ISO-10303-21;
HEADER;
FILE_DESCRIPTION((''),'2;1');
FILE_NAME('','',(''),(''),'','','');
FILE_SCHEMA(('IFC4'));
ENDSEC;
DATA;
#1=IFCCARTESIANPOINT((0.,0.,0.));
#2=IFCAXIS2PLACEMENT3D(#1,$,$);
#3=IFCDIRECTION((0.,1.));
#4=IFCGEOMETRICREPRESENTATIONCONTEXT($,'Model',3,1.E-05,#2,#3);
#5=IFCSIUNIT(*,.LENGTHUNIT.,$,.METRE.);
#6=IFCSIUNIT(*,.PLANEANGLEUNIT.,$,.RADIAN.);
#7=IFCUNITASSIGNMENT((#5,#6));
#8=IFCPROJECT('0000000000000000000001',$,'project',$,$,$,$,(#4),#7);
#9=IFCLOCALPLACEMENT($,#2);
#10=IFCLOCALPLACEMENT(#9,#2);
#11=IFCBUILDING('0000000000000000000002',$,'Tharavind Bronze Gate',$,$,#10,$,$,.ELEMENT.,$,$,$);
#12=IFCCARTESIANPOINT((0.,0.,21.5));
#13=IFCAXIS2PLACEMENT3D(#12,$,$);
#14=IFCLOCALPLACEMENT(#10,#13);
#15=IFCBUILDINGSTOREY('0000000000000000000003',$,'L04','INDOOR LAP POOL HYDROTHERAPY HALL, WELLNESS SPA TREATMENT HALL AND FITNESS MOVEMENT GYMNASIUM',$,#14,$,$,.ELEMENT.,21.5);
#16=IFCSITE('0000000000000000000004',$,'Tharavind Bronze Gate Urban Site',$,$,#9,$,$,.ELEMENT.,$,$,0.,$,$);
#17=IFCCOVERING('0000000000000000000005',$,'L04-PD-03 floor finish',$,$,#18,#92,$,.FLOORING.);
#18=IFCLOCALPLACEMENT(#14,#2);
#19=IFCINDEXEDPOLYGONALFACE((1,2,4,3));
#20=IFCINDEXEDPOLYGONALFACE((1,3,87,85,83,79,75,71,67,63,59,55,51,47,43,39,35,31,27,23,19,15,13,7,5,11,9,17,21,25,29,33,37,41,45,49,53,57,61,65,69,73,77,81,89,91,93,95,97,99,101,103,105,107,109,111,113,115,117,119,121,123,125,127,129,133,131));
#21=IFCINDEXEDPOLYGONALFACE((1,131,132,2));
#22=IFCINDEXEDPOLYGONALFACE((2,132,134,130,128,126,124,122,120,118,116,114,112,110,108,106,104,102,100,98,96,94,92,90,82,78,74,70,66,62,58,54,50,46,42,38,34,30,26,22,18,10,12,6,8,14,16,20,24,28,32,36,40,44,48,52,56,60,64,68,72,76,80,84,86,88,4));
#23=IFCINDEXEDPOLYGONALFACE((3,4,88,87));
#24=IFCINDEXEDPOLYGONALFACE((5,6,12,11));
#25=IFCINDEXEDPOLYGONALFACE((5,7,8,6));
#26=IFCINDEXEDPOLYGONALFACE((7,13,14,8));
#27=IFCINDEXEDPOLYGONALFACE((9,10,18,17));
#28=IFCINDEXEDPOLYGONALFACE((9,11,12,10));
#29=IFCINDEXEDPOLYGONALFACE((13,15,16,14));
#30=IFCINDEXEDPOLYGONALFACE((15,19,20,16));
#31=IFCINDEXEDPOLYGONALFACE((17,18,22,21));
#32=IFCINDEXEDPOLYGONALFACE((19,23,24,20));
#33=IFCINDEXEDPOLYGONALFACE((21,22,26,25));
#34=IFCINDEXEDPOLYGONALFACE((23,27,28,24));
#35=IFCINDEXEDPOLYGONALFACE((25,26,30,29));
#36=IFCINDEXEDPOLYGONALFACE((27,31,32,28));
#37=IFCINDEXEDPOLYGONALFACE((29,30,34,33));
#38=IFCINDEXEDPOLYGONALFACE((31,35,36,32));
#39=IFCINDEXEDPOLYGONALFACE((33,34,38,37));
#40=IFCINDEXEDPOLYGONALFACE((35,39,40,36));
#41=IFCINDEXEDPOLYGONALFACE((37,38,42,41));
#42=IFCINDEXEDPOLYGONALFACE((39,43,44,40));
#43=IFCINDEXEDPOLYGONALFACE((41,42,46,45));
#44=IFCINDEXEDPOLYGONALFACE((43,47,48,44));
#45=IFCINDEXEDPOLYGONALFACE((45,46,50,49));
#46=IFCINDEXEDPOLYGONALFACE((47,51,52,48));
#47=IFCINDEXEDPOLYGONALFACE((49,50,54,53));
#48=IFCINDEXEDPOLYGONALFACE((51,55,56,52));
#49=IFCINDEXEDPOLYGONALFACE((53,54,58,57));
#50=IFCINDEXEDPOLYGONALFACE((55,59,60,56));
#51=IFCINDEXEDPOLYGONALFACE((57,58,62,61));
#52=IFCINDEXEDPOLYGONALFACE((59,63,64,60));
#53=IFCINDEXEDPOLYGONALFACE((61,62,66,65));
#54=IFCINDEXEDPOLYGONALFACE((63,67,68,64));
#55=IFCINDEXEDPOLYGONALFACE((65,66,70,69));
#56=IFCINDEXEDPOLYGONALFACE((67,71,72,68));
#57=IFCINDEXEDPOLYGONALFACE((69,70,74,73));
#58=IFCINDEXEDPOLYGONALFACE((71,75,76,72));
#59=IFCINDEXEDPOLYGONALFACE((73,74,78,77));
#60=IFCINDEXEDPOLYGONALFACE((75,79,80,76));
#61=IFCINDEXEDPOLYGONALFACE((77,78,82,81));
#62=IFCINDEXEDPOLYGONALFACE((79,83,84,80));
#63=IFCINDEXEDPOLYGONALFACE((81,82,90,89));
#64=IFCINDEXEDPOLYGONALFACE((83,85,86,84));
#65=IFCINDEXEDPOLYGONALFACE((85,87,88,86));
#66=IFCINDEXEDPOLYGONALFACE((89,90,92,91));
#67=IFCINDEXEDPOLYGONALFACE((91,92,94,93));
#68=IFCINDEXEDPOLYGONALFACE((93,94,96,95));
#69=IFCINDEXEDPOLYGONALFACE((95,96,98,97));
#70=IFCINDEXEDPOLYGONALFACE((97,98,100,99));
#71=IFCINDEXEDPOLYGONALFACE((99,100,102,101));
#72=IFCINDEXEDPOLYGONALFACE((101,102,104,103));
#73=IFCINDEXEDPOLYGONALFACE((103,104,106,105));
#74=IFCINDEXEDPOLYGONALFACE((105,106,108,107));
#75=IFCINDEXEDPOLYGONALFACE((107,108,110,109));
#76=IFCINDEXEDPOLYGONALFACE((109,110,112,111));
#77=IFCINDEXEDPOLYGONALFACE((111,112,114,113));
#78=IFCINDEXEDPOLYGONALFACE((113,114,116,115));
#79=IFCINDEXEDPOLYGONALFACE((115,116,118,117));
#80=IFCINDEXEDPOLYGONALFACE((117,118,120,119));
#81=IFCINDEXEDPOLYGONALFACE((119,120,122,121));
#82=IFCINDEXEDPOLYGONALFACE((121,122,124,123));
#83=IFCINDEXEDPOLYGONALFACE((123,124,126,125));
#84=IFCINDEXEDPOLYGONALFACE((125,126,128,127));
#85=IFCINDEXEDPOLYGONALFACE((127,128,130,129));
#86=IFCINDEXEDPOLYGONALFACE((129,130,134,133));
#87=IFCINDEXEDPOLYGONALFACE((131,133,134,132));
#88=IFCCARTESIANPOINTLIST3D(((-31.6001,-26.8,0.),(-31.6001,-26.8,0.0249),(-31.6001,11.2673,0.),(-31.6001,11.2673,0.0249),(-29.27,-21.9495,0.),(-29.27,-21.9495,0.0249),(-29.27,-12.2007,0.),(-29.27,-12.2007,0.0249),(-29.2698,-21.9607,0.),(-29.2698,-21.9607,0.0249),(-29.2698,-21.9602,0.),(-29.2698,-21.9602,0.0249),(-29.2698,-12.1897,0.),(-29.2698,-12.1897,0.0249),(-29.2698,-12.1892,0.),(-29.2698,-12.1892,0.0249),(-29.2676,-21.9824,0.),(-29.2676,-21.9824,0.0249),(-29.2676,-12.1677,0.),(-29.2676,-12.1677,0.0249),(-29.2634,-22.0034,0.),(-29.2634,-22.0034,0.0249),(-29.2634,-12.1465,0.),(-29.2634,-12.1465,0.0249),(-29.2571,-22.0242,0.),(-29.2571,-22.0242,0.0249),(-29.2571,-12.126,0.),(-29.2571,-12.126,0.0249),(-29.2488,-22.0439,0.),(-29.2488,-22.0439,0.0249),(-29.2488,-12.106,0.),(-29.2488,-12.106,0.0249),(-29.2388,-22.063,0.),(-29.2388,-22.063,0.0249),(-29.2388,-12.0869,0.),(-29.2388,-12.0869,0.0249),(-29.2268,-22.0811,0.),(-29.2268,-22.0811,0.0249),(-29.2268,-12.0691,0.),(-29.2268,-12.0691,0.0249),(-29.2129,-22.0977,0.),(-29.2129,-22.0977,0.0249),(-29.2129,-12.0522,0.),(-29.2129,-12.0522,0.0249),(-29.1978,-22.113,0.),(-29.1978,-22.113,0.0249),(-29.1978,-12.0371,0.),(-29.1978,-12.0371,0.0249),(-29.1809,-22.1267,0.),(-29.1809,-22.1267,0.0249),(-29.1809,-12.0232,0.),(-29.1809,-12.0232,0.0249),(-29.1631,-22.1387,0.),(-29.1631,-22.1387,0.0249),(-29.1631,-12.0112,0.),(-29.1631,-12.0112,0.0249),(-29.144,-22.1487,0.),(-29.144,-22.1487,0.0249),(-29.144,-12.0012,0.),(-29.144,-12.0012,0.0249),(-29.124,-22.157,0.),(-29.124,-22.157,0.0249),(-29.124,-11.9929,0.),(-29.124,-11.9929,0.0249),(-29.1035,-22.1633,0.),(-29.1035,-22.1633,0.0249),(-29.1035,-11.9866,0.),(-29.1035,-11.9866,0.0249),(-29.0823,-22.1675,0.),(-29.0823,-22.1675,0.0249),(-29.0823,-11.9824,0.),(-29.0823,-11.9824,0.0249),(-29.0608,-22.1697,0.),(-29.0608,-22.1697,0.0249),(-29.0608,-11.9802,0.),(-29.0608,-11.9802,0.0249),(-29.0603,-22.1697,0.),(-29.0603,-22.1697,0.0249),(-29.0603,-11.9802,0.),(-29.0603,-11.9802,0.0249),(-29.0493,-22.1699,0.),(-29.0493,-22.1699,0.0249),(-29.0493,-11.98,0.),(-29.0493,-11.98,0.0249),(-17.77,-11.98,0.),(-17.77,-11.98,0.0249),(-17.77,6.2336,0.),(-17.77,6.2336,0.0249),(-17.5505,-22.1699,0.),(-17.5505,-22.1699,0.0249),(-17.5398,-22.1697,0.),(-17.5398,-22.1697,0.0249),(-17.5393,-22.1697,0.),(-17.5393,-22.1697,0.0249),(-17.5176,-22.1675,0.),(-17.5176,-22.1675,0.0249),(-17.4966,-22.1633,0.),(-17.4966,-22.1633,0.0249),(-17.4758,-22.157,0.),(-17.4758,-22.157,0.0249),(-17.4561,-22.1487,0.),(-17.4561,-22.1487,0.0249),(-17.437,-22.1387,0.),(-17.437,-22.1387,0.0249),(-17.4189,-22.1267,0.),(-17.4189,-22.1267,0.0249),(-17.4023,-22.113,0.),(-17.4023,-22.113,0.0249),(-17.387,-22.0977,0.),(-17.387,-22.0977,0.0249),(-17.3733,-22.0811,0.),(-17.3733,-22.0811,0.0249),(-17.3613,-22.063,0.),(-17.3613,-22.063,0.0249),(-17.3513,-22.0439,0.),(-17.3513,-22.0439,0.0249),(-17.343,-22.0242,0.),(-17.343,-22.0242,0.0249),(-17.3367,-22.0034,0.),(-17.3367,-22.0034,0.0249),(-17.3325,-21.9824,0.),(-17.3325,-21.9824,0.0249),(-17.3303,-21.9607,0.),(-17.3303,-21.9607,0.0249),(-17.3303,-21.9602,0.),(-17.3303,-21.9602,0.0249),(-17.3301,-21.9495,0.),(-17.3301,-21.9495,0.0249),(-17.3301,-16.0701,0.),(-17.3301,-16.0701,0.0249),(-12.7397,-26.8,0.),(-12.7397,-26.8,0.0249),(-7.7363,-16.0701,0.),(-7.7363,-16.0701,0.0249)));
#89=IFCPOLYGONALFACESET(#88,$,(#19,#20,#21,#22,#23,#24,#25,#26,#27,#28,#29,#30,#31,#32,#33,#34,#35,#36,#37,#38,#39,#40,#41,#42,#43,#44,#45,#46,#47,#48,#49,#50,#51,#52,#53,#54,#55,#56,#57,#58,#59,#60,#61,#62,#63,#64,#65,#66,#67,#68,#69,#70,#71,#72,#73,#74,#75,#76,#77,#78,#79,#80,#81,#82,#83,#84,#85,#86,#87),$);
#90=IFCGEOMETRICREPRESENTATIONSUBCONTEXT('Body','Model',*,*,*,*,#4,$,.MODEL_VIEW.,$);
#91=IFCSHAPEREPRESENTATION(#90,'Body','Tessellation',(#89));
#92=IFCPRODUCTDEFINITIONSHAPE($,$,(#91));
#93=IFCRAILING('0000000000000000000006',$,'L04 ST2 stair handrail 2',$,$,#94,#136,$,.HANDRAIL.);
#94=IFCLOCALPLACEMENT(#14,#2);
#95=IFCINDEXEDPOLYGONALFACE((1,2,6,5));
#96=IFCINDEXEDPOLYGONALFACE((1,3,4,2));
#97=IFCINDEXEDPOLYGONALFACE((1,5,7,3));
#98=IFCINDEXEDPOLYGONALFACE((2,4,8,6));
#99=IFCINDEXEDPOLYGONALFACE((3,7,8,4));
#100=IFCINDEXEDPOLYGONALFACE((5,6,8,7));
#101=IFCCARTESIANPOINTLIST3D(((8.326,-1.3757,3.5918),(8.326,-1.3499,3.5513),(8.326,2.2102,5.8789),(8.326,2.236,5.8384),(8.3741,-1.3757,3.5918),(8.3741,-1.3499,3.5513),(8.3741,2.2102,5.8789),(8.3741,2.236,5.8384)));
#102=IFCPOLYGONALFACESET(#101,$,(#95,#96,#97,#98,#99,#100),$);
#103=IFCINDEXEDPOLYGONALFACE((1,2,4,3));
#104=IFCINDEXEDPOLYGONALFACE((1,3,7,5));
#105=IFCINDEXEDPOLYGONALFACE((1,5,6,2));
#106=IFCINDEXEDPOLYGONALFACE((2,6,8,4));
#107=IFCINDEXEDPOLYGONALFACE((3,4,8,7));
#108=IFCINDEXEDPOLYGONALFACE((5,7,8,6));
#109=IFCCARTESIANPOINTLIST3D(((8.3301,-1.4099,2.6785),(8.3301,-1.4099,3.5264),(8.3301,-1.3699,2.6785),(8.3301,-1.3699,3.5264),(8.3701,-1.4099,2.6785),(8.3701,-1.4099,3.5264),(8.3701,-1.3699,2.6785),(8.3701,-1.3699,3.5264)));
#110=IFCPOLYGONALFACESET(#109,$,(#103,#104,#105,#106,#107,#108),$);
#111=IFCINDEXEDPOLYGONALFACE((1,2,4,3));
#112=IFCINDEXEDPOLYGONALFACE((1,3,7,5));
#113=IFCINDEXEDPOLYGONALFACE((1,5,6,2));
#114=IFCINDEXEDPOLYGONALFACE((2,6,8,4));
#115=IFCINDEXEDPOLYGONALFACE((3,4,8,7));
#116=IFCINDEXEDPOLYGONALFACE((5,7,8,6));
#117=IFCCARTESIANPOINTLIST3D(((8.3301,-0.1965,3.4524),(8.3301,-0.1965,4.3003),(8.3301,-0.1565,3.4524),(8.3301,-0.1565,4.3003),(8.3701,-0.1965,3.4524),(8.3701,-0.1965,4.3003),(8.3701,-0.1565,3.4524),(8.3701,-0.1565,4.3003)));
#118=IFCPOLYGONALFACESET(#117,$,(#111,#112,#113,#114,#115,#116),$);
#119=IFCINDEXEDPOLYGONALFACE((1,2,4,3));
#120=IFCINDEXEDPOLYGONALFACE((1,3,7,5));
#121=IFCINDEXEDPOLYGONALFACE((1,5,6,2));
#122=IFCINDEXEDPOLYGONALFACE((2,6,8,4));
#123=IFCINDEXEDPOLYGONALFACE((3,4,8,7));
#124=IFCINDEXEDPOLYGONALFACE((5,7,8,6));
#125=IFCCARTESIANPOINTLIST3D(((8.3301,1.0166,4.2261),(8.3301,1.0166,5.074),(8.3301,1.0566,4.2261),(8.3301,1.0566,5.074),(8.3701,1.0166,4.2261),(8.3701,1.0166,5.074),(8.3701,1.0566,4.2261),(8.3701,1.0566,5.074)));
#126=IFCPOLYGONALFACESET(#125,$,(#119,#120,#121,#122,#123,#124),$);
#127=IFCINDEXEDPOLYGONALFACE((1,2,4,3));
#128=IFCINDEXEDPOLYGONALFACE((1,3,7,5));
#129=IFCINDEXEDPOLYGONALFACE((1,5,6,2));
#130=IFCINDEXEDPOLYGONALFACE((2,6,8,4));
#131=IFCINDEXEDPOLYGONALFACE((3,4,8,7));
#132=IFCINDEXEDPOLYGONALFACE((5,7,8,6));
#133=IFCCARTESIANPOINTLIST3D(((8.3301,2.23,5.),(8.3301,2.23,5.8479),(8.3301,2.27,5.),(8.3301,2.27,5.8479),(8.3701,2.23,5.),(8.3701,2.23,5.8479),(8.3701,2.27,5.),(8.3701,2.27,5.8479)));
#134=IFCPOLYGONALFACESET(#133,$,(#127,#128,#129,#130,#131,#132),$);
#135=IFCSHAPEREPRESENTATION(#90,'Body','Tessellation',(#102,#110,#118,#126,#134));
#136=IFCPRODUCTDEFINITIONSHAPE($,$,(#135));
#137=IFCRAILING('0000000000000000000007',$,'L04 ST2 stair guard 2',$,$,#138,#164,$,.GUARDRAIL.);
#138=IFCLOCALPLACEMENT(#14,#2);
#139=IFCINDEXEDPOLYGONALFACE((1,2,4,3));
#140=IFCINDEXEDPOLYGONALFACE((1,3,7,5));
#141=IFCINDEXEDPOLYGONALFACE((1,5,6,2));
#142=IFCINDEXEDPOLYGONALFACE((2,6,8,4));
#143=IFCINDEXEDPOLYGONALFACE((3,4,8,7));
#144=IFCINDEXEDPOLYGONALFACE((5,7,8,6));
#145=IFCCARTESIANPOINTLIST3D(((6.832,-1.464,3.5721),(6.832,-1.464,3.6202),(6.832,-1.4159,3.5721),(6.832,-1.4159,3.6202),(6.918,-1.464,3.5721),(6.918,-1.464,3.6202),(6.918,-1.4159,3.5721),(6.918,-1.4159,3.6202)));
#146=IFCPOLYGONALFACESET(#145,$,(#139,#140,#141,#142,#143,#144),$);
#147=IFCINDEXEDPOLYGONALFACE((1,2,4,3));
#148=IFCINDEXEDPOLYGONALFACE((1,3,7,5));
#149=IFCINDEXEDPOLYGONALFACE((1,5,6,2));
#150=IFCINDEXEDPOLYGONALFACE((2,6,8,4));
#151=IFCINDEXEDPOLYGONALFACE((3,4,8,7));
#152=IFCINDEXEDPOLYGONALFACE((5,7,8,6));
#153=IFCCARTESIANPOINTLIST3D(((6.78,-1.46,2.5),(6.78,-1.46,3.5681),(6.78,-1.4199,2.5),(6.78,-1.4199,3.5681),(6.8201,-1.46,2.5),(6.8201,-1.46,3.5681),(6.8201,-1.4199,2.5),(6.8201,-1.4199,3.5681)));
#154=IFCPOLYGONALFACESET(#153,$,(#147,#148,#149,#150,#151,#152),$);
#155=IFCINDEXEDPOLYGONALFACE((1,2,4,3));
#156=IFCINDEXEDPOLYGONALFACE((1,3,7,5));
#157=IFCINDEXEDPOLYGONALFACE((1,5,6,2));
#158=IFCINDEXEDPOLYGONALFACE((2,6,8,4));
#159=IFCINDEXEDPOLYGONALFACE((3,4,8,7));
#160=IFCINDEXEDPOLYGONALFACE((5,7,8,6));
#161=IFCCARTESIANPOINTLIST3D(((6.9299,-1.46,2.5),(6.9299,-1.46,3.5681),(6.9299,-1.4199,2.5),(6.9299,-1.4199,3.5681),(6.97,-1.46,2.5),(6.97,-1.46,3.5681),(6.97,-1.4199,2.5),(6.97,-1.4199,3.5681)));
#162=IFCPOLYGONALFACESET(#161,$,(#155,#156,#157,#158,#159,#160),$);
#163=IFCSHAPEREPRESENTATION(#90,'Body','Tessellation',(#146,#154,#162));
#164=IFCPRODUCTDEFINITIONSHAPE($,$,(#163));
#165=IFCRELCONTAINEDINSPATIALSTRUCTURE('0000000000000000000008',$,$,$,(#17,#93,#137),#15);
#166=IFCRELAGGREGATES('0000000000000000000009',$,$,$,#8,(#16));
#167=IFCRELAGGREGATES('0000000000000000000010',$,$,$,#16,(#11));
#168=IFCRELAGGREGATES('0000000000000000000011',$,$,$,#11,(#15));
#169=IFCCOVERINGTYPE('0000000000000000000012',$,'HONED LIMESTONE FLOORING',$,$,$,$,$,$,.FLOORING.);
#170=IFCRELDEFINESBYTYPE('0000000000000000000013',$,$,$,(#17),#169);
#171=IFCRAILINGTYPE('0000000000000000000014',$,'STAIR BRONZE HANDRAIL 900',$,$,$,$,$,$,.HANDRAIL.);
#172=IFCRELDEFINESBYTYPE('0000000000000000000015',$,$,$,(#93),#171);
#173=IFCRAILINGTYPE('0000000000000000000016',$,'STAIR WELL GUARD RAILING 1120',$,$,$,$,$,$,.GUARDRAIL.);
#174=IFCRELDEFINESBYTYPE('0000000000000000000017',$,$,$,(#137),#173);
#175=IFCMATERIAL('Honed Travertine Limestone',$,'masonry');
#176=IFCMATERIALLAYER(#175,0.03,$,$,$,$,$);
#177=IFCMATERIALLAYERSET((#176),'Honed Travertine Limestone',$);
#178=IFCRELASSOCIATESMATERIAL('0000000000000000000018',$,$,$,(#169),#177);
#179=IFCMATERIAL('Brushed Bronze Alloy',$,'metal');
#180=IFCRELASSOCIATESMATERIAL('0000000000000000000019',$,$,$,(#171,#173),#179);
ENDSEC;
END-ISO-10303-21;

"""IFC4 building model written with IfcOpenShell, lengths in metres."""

from ifc_helpers import new_model, si_unit, direction, frame, origin, origin_2d, place, context, subcontext, project, spatial, polyline, rectangle, outline, extrude, material, layer, layer_set, type_object, element, save


model = new_model("IFC4")

# Units and contexts
model_context = context("Model", 3, precision=1e-05, world=origin(), true_north=direction((0.0, 1.0)))
body_context = subcontext(model_context, "Body", "Model", "MODEL_VIEW")
ifc_project = project(units=[si_unit("LENGTHUNIT", "METRE"), si_unit("PLANEANGLEUNIT", "RADIAN")], contexts=[model_context])

# Site, building, storey
site_placement = place(None, origin())
site = spatial("IfcSite", under=ifc_project, at=site_placement, Name="Tharavind Bronze Gate Urban Site", CompositionType="ELEMENT", RefElevation=0.0)
building_placement = place(site_placement, origin())
building = spatial("IfcBuilding", under=site, at=building_placement, Name="Tharavind Bronze Gate", CompositionType="ELEMENT")
storey_placement = place(building_placement, frame((0.0, 0.0, 21.5)))
storey = spatial("IfcBuildingStorey", under=building, at=storey_placement, Name="L04", Description="INDOOR LAP POOL HYDROTHERAPY HALL, WELLNESS SPA TREATMENT HALL AND FITNESS MOVEMENT GYMNASIUM", CompositionType="ELEMENT", Elevation=21.5)

# Covering
ifc_material_1 = material(Name="Honed Travertine Limestone", Category="masonry")
ifc_layer_1 = layer(ifc_material_1, 0.03)
ifc_layer_set_1 = layer_set([ifc_layer_1], Name="Honed Travertine Limestone")
covering_type_1 = type_object("IfcCoveringType", Name="HONED LIMESTONE FLOORING", PredefinedType="FLOORING", material=ifc_layer_set_1)
covering_1_placement = place(storey_placement, origin())
element("IfcCovering", 1, at=covering_1_placement, inside=storey, type_object=covering_type_1, Name="L04-PD-03 floor finish", PredefinedType="FLOORING", context=body_context, shape_type="SweptSolid", body=[
    extrude(outline(polyline([(-31.6001, -26.8), (-12.7397, -26.8), (-7.7363, -16.0701), (-17.3301, -16.0701), (-17.3301, -21.9495), (-17.3303, -21.9602), (-17.3303, -21.9607), (-17.3325, -21.9824), (-17.3367, -22.0034), (-17.343, -22.0242), (-17.3513, -22.0439), (-17.3613, -22.063), (-17.3733, -22.0811), (-17.387, -22.0977), (-17.4023, -22.113), (-17.4189, -22.1267), (-17.437, -22.1387), (-17.4561, -22.1487), (-17.4758, -22.157), (-17.4966, -22.1633), (-17.5176, -22.1675), (-17.5393, -22.1697), (-17.5398, -22.1697), (-17.5505, -22.1699), (-29.0493, -22.1699), (-29.0603, -22.1697), (-29.0608, -22.1697), (-29.0823, -22.1675), (-29.1035, -22.1633), (-29.124, -22.157), (-29.144, -22.1487), (-29.1631, -22.1387), (-29.1809, -22.1267), (-29.1978, -22.113), (-29.2129, -22.0977), (-29.2268, -22.0811), (-29.2388, -22.063), (-29.2488, -22.0439), (-29.2571, -22.0242), (-29.2634, -22.0034), (-29.2676, -21.9824), (-29.2698, -21.9607), (-29.2698, -21.9602), (-29.27, -21.9495), (-29.27, -12.2007), (-29.2698, -12.1897), (-29.2698, -12.1892), (-29.2676, -12.1677), (-29.2634, -12.1465), (-29.2571, -12.126), (-29.2488, -12.106), (-29.2388, -12.0869), (-29.2268, -12.0691), (-29.2129, -12.0522), (-29.1978, -12.0371), (-29.1809, -12.0232), (-29.1631, -12.0112), (-29.144, -12.0012), (-29.124, -11.9929), (-29.1035, -11.9866), (-29.0823, -11.9824), (-29.0608, -11.9802), (-29.0603, -11.9802), (-29.0493, -11.98), (-17.77, -11.98), (-17.77, 6.2336), (-31.6001, 11.2673), (-31.6001, -26.8)])), origin(), (0.0, 0.0, 1.0), 0.0249),
])

# Railings
ifc_material_2 = material(Name="Brushed Bronze Alloy", Category="metal")
railing_type_1 = type_object("IfcRailingType", Name="STAIR BRONZE HANDRAIL 900", PredefinedType="HANDRAIL", material=ifc_material_2)
railing_1_placement = place(storey_placement, frame((8.3501, -1.3899, 2.6785)))
element("IfcRailing", 2, at=railing_1_placement, inside=storey, type_object=railing_type_1, Name="L04 ST2 stair handrail 2", PredefinedType="HANDRAIL", context=body_context, shape_type="SweptSolid", body=[
    extrude(rectangle(XDim=0.0481, YDim=0.0481, at=origin_2d()), frame((0.0, 0.0271, 0.8931), z_axis=(0.0, 0.843112, 0.537739), x_axis=(-1.0, 0.0, 0.0)), (0.0, 0.0, 1.0), 4.2532),
    extrude(rectangle(XDim=0.04, YDim=0.04, at=origin_2d()), origin(), (0.0, 0.0, 1.0), 0.8479),
    extrude(rectangle(XDim=0.04, YDim=0.04, at=origin_2d()), frame((0.0, 1.2134, 0.7739)), (0.0, 0.0, 1.0), 0.8479),
    extrude(rectangle(XDim=0.04, YDim=0.04, at=origin_2d()), frame((0.0, 2.4265, 1.5476)), (0.0, 0.0, 1.0), 0.8479),
    extrude(rectangle(XDim=0.04, YDim=0.04, at=origin_2d()), frame((0.0, 3.6399, 2.3215)), (0.0, 0.0, 1.0), 0.8479),
])
railing_type_2 = type_object("IfcRailingType", Name="STAIR WELL GUARD RAILING 1120", PredefinedType="GUARDRAIL", material=ifc_material_2)
railing_2_placement = place(storey_placement, frame((6.8, -1.4399, 2.5)))
element("IfcRailing", 3, at=railing_2_placement, inside=storey, type_object=railing_type_2, Name="L04 ST2 stair guard 2", PredefinedType="GUARDRAIL", context=body_context, shape_type="SweptSolid", body=[
    extrude(rectangle(XDim=0.0481, YDim=0.0481, at=origin_2d()), frame((0.032, 0.0, 1.0962), z_axis=(1.0, 0.0, 0.0), x_axis=(0.0, 1.0, 0.0)), (0.0, 0.0, 1.0), 0.0859),
    extrude(rectangle(XDim=0.04, YDim=0.04, at=origin_2d()), origin(), (0.0, 0.0, 1.0), 1.0681),
    extrude(rectangle(XDim=0.04, YDim=0.04, at=origin_2d()), frame((0.1499, 0.0, 0.0)), (0.0, 0.0, 1.0), 1.0681),
])

save(model, "model.ifc")
